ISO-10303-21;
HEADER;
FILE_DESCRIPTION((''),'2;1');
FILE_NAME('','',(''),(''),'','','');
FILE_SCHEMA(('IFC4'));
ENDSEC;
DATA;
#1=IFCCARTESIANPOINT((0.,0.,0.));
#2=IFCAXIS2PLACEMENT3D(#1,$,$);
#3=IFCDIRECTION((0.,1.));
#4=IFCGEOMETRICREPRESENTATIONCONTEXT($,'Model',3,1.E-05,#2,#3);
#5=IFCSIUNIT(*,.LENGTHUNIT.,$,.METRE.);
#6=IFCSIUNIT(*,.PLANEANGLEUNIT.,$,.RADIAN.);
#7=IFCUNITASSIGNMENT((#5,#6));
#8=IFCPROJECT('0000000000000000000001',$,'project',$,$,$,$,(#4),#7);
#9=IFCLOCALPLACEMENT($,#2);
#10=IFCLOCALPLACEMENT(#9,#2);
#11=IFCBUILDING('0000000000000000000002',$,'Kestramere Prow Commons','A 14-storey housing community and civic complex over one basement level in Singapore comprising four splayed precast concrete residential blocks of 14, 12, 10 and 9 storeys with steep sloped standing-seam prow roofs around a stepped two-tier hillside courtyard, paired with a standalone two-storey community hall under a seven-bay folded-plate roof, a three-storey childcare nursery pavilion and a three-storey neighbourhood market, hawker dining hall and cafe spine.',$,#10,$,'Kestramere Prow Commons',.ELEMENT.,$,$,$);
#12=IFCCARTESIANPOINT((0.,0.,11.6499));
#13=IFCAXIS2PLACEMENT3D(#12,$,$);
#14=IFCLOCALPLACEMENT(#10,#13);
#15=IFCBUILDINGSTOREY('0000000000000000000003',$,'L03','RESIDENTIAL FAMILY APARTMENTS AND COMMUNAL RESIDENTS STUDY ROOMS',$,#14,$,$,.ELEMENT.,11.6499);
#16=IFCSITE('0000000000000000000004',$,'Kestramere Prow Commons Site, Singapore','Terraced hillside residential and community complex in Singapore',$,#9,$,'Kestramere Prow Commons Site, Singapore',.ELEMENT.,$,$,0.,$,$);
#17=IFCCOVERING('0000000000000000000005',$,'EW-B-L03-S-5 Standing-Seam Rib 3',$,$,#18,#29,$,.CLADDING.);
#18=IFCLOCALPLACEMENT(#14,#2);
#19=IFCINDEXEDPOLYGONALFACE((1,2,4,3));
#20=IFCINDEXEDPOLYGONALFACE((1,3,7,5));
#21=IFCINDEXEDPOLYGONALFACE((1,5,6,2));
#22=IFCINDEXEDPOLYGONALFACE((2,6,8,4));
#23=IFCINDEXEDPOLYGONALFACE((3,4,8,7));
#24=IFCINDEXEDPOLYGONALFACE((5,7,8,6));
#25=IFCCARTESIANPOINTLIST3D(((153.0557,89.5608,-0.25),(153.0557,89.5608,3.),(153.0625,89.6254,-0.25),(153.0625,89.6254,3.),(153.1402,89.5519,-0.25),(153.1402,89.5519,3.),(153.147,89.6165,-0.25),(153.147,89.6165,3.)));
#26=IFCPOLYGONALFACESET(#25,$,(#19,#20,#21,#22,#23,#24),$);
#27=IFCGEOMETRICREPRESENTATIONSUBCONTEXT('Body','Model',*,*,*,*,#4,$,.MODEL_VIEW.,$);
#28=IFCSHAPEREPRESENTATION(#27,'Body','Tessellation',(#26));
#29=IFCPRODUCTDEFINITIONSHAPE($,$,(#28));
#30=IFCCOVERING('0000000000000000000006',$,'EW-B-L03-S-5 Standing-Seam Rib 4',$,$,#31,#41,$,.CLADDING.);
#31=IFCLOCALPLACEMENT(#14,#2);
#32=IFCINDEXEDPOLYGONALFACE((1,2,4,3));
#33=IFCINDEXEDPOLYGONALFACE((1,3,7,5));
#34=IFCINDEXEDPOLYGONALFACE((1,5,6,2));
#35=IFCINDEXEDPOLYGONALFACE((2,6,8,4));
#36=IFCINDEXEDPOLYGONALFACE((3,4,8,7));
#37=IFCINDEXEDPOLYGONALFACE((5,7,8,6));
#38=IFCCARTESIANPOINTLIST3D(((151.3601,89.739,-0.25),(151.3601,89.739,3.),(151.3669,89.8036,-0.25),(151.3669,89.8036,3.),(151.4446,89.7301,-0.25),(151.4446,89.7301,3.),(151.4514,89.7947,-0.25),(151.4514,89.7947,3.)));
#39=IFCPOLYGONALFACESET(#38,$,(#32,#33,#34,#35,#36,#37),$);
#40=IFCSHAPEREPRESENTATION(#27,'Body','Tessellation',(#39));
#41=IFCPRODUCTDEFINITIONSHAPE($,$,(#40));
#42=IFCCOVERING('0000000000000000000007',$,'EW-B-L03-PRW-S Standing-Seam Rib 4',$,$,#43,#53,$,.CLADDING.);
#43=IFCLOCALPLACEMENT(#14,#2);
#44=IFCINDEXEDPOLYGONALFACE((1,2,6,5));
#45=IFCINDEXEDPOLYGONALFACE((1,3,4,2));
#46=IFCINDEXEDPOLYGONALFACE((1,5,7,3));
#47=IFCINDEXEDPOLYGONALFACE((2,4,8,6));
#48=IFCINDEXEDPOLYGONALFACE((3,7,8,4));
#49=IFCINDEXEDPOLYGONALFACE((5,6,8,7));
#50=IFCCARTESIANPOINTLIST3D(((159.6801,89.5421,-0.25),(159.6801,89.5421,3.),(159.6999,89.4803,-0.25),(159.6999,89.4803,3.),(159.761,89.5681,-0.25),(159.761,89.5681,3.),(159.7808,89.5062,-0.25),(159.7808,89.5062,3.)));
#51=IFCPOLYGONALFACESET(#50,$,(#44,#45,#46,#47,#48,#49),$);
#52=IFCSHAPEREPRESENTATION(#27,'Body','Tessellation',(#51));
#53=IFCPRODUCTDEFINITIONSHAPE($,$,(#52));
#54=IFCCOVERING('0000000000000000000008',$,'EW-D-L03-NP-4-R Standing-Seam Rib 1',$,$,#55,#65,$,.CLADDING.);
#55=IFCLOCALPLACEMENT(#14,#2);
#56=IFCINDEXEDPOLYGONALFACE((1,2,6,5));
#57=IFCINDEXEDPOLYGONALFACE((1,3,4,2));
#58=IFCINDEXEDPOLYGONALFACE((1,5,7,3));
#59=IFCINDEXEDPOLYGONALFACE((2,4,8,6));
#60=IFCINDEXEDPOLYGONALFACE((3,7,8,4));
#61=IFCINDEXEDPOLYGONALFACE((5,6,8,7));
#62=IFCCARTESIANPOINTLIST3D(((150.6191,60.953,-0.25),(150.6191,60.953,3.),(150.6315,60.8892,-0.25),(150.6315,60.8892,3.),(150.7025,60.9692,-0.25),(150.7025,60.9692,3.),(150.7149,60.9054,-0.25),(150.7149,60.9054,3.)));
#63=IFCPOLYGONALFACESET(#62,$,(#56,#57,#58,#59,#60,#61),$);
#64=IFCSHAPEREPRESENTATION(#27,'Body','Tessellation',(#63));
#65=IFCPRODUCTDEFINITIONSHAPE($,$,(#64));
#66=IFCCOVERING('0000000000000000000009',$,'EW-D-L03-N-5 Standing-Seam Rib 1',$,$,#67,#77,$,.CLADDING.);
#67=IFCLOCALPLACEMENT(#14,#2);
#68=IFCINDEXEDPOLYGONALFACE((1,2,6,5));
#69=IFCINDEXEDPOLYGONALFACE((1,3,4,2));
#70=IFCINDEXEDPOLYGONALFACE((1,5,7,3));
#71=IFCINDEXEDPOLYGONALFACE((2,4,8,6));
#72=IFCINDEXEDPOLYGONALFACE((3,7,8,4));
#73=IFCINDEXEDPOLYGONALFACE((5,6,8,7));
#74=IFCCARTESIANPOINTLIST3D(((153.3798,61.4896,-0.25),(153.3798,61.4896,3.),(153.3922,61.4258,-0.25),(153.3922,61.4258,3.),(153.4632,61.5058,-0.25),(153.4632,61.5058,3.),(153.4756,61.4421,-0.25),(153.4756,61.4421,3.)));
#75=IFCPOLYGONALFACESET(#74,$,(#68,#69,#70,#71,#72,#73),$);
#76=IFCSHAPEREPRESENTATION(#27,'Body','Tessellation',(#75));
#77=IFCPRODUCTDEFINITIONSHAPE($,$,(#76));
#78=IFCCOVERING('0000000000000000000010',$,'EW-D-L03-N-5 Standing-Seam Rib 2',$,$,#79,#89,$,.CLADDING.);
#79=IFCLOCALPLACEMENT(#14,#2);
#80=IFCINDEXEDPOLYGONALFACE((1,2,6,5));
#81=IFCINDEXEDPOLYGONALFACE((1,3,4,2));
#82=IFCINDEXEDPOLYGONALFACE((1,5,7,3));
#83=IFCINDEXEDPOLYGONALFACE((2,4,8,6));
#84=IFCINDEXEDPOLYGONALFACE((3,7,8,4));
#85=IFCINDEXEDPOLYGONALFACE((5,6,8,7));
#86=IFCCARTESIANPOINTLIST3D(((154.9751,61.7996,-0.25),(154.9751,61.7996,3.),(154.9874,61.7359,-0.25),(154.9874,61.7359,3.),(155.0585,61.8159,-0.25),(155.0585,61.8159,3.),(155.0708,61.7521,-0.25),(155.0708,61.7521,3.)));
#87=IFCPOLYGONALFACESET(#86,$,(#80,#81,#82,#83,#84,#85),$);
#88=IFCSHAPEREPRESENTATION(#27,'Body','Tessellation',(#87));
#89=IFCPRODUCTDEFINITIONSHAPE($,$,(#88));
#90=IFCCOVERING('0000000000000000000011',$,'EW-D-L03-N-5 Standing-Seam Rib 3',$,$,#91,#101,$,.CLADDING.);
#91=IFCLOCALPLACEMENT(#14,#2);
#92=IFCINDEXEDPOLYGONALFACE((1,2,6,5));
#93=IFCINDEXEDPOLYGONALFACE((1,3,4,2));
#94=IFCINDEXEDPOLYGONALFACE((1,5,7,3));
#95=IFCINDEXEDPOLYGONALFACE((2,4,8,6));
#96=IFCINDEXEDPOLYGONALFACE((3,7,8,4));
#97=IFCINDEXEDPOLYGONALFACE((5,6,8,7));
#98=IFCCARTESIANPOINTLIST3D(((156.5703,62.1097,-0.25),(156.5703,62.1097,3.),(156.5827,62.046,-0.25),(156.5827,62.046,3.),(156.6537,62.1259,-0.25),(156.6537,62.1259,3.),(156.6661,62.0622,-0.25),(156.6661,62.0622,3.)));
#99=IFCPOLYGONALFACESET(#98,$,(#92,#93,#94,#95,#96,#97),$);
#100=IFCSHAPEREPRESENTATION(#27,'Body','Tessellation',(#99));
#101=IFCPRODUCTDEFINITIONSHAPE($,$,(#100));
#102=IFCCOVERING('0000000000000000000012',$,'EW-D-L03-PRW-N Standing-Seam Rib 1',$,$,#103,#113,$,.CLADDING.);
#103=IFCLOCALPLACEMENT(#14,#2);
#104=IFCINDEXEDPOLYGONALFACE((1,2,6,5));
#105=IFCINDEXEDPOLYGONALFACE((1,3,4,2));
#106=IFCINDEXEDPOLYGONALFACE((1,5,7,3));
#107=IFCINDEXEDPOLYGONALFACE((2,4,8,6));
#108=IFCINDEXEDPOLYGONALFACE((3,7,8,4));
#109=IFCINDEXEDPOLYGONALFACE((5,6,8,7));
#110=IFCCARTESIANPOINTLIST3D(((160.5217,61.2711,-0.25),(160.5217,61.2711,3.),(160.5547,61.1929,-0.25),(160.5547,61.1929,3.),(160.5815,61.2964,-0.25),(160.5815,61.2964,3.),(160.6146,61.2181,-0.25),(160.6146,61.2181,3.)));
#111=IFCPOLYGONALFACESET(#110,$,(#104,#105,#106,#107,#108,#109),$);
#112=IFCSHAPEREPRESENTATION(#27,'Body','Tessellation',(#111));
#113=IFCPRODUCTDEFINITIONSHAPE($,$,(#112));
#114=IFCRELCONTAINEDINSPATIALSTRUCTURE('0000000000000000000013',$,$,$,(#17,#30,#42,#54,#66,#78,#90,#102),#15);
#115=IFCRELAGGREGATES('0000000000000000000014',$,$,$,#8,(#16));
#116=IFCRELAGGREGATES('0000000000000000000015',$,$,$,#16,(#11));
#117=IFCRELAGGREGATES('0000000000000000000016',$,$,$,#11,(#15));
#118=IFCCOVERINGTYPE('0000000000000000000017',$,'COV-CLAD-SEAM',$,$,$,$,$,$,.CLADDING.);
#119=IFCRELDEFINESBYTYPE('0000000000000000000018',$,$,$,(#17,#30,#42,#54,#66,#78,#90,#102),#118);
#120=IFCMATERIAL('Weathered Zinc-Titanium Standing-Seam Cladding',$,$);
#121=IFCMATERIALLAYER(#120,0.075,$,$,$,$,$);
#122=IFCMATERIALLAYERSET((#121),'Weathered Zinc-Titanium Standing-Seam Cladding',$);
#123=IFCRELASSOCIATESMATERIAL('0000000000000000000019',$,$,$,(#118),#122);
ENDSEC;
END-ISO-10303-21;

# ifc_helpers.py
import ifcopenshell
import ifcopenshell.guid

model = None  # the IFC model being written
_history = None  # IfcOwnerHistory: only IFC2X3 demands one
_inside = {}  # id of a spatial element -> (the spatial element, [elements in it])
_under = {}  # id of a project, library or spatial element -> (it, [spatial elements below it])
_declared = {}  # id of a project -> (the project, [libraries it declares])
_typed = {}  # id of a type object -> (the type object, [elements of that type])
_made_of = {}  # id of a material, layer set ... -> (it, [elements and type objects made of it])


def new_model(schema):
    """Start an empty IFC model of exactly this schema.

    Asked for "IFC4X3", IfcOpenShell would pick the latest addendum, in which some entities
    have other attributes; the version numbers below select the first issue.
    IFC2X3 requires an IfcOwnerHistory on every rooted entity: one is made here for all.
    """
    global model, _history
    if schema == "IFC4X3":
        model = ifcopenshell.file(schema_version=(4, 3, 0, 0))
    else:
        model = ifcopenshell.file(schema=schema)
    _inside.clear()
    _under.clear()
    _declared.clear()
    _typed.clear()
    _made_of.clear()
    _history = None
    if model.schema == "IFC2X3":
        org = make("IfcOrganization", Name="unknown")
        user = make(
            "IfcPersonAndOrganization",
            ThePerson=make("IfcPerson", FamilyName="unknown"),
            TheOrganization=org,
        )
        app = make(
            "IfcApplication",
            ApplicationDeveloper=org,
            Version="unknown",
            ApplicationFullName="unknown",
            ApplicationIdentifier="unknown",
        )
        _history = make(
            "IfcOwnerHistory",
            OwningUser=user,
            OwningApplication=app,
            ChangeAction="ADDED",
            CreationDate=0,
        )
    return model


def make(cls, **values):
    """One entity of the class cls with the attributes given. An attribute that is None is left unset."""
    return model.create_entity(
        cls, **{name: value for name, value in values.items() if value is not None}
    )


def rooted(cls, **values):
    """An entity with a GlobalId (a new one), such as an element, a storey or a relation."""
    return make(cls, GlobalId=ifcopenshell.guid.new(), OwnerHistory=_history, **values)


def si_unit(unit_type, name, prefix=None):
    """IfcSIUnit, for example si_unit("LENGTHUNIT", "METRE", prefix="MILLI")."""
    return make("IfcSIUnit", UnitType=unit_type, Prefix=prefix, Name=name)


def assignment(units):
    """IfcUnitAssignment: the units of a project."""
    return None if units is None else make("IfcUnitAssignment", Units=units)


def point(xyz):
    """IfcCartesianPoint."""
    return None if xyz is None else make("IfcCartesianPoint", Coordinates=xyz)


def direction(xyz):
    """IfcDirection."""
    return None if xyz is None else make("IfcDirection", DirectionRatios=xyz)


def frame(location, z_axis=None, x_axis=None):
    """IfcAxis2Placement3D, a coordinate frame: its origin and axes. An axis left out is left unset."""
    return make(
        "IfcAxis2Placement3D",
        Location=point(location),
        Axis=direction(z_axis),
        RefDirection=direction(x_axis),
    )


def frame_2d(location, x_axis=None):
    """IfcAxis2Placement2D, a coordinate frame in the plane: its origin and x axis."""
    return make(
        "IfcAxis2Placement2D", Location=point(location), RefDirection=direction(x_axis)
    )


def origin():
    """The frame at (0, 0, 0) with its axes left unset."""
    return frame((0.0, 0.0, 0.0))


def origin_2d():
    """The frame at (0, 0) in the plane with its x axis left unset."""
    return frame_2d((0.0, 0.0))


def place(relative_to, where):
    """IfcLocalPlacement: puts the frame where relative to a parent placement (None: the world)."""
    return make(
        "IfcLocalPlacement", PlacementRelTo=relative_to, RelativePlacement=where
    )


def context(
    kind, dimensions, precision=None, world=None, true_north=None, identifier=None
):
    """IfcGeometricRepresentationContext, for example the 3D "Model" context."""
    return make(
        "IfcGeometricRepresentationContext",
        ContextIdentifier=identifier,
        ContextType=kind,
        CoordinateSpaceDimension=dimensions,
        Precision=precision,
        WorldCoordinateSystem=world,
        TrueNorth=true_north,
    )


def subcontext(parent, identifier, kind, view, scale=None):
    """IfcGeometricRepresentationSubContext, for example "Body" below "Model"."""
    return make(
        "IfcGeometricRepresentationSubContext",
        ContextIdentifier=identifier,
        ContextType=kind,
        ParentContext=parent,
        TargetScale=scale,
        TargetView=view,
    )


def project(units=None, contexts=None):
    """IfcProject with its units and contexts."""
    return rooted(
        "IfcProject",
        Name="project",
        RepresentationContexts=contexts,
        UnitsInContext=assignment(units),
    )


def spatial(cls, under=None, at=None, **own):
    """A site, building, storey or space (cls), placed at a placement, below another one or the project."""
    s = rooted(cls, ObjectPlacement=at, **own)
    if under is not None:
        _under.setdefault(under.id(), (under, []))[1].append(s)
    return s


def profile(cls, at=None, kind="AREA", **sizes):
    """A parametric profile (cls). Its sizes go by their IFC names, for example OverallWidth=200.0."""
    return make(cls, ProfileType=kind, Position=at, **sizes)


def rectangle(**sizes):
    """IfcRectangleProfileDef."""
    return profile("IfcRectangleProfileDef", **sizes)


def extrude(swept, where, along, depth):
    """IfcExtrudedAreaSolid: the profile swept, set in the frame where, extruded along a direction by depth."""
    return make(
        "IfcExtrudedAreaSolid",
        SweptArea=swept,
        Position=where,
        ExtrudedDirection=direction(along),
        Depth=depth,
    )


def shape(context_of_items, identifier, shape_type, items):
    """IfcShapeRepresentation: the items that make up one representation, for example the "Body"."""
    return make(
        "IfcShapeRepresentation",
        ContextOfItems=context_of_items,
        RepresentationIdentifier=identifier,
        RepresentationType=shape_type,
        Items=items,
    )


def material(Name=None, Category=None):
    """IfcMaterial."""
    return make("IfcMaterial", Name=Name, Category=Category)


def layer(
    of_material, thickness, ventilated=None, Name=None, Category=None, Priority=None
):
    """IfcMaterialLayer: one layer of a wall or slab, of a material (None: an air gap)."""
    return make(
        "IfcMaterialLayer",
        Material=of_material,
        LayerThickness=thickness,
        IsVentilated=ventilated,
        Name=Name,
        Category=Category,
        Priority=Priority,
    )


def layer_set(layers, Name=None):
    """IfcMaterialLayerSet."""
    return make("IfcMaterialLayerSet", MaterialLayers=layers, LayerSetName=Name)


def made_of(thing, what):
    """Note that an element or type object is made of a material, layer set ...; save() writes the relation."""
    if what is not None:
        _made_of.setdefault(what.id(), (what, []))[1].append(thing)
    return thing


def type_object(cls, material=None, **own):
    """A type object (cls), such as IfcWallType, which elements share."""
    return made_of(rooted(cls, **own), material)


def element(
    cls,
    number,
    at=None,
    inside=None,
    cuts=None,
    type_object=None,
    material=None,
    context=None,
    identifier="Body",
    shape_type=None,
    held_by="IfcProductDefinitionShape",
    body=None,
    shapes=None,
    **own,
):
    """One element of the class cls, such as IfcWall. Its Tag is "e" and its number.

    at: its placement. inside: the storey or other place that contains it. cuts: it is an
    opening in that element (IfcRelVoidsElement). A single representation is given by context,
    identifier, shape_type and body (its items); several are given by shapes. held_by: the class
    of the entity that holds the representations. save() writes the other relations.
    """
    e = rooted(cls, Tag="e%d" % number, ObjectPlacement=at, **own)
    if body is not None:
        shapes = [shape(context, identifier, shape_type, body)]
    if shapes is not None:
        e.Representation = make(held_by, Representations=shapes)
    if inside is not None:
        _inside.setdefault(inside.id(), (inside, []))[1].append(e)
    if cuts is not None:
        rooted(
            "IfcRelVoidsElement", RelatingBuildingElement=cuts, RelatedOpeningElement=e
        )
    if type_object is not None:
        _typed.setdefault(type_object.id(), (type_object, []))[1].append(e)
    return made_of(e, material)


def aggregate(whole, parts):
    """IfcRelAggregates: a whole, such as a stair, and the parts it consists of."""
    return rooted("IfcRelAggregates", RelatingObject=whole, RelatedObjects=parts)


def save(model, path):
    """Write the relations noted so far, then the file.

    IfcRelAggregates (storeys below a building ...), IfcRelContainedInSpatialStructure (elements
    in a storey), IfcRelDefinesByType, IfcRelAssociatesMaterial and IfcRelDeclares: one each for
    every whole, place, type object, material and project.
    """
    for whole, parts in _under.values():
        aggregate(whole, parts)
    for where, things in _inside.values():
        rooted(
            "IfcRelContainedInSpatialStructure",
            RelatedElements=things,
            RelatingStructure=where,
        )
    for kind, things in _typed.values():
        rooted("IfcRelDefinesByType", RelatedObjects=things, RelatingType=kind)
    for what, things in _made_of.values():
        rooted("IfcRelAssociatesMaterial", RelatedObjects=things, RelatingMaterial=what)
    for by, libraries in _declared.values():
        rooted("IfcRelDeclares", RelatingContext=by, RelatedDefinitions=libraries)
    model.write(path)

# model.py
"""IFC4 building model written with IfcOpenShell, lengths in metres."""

from ifc_helpers import new_model, si_unit, direction, frame, origin, origin_2d, place, context, subcontext, project, spatial, rectangle, extrude, material, layer, layer_set, type_object, element, save


model = new_model("IFC4")

# Units and contexts
model_context = context("Model", 3, precision=1e-05, world=origin(), true_north=direction((0.0, 1.0)))
body_context = subcontext(model_context, "Body", "Model", "MODEL_VIEW")
ifc_project = project(units=[si_unit("LENGTHUNIT", "METRE"), si_unit("PLANEANGLEUNIT", "RADIAN")], contexts=[model_context])

# Site, building, storey
site_placement = place(None, origin())
site = spatial("IfcSite", under=ifc_project, at=site_placement, Name="Kestramere Prow Commons Site, Singapore", Description="Terraced hillside residential and community complex in Singapore", LongName="Kestramere Prow Commons Site, Singapore", CompositionType="ELEMENT", RefElevation=0.0)
building_placement = place(site_placement, origin())
building = spatial("IfcBuilding", under=site, at=building_placement, Name="Kestramere Prow Commons", Description="A 14-storey housing community and civic complex over one basement level in Singapore comprising four splayed precast concrete residential blocks of 14, 12, 10 and 9 storeys with steep sloped standing-seam prow roofs around a stepped two-tier hillside courtyard, paired with a standalone two-storey community hall under a seven-bay folded-plate roof, a three-storey childcare nursery pavilion and a three-storey neighbourhood market, hawker dining hall and cafe spine.", LongName="Kestramere Prow Commons", CompositionType="ELEMENT")
storey_placement = place(building_placement, frame((0.0, 0.0, 11.6499)))
storey = spatial("IfcBuildingStorey", under=building, at=storey_placement, Name="L03", Description="RESIDENTIAL FAMILY APARTMENTS AND COMMUNAL RESIDENTS STUDY ROOMS", CompositionType="ELEMENT", Elevation=11.6499)

# Shared definitions
ifc_material_1 = material(Name="Weathered Zinc-Titanium Standing-Seam Cladding")

# Coverings
ifc_layer_1 = layer(ifc_material_1, 0.075)
ifc_layer_set_1 = layer_set([ifc_layer_1], Name="Weathered Zinc-Titanium Standing-Seam Cladding")
covering_type = type_object("IfcCoveringType", Name="COV-CLAD-SEAM", PredefinedType="CLADDING", material=ifc_layer_set_1)
for number, where, z_axis, x_axis, name in (
    (1, (153.1013, 89.5886, -0.25), (0.0, 0.0, 1.0), (-0.994522, 0.104528, 0.0), "EW-B-L03-S-5 Standing-Seam Rib 3"),
    (2, (151.4058, 89.7668, -0.25), (0.0, 0.0, 1.0), (-0.994522, 0.104528, 0.0), "EW-B-L03-S-5 Standing-Seam Rib 4"),
    (3, (159.7305, 89.5242, -0.25), (0.0, 0.0, 1.0), (-0.952283, -0.305215, 0.0), "EW-B-L03-PRW-S Standing-Seam Rib 4"),
    (4, (150.667, 60.9292, -0.25), (0.0, 0.0, 1.0), (0.981627, 0.190809, 0.0), "EW-D-L03-NP-4-R Standing-Seam Rib 1"),
    (5, (153.4277, 61.4658, -0.25), (0.0, 0.0, 1.0), (0.981627, 0.190809, 0.0), "EW-D-L03-N-5 Standing-Seam Rib 1"),
    (6, (155.0229, 61.7759, -0.25), (0.0, 0.0, 1.0), (0.981627, 0.190809, 0.0), "EW-D-L03-N-5 Standing-Seam Rib 2"),
    (7, (156.6182, 62.0859, -0.25), (0.0, 0.0, 1.0), (0.981627, 0.190809, 0.0), "EW-D-L03-N-5 Standing-Seam Rib 3"),
    (8, (160.5681, 61.2446, -0.25), (0.0, 0.0, 1.0), (0.38922, -0.921145, 0.0), "EW-D-L03-PRW-N Standing-Seam Rib 1"),
):
    element("IfcCovering", number, at=place(storey_placement, frame(where, z_axis=z_axis, x_axis=x_axis)), inside=storey, type_object=covering_type, Name=name, PredefinedType="CLADDING", context=body_context, shape_type="SweptSolid", body=[
        extrude(rectangle(XDim=0.085, YDim=0.0649, at=origin_2d()), origin(), (0.0, 0.0, 1.0), 3.25),
    ])

save(model, "model.ifc")
